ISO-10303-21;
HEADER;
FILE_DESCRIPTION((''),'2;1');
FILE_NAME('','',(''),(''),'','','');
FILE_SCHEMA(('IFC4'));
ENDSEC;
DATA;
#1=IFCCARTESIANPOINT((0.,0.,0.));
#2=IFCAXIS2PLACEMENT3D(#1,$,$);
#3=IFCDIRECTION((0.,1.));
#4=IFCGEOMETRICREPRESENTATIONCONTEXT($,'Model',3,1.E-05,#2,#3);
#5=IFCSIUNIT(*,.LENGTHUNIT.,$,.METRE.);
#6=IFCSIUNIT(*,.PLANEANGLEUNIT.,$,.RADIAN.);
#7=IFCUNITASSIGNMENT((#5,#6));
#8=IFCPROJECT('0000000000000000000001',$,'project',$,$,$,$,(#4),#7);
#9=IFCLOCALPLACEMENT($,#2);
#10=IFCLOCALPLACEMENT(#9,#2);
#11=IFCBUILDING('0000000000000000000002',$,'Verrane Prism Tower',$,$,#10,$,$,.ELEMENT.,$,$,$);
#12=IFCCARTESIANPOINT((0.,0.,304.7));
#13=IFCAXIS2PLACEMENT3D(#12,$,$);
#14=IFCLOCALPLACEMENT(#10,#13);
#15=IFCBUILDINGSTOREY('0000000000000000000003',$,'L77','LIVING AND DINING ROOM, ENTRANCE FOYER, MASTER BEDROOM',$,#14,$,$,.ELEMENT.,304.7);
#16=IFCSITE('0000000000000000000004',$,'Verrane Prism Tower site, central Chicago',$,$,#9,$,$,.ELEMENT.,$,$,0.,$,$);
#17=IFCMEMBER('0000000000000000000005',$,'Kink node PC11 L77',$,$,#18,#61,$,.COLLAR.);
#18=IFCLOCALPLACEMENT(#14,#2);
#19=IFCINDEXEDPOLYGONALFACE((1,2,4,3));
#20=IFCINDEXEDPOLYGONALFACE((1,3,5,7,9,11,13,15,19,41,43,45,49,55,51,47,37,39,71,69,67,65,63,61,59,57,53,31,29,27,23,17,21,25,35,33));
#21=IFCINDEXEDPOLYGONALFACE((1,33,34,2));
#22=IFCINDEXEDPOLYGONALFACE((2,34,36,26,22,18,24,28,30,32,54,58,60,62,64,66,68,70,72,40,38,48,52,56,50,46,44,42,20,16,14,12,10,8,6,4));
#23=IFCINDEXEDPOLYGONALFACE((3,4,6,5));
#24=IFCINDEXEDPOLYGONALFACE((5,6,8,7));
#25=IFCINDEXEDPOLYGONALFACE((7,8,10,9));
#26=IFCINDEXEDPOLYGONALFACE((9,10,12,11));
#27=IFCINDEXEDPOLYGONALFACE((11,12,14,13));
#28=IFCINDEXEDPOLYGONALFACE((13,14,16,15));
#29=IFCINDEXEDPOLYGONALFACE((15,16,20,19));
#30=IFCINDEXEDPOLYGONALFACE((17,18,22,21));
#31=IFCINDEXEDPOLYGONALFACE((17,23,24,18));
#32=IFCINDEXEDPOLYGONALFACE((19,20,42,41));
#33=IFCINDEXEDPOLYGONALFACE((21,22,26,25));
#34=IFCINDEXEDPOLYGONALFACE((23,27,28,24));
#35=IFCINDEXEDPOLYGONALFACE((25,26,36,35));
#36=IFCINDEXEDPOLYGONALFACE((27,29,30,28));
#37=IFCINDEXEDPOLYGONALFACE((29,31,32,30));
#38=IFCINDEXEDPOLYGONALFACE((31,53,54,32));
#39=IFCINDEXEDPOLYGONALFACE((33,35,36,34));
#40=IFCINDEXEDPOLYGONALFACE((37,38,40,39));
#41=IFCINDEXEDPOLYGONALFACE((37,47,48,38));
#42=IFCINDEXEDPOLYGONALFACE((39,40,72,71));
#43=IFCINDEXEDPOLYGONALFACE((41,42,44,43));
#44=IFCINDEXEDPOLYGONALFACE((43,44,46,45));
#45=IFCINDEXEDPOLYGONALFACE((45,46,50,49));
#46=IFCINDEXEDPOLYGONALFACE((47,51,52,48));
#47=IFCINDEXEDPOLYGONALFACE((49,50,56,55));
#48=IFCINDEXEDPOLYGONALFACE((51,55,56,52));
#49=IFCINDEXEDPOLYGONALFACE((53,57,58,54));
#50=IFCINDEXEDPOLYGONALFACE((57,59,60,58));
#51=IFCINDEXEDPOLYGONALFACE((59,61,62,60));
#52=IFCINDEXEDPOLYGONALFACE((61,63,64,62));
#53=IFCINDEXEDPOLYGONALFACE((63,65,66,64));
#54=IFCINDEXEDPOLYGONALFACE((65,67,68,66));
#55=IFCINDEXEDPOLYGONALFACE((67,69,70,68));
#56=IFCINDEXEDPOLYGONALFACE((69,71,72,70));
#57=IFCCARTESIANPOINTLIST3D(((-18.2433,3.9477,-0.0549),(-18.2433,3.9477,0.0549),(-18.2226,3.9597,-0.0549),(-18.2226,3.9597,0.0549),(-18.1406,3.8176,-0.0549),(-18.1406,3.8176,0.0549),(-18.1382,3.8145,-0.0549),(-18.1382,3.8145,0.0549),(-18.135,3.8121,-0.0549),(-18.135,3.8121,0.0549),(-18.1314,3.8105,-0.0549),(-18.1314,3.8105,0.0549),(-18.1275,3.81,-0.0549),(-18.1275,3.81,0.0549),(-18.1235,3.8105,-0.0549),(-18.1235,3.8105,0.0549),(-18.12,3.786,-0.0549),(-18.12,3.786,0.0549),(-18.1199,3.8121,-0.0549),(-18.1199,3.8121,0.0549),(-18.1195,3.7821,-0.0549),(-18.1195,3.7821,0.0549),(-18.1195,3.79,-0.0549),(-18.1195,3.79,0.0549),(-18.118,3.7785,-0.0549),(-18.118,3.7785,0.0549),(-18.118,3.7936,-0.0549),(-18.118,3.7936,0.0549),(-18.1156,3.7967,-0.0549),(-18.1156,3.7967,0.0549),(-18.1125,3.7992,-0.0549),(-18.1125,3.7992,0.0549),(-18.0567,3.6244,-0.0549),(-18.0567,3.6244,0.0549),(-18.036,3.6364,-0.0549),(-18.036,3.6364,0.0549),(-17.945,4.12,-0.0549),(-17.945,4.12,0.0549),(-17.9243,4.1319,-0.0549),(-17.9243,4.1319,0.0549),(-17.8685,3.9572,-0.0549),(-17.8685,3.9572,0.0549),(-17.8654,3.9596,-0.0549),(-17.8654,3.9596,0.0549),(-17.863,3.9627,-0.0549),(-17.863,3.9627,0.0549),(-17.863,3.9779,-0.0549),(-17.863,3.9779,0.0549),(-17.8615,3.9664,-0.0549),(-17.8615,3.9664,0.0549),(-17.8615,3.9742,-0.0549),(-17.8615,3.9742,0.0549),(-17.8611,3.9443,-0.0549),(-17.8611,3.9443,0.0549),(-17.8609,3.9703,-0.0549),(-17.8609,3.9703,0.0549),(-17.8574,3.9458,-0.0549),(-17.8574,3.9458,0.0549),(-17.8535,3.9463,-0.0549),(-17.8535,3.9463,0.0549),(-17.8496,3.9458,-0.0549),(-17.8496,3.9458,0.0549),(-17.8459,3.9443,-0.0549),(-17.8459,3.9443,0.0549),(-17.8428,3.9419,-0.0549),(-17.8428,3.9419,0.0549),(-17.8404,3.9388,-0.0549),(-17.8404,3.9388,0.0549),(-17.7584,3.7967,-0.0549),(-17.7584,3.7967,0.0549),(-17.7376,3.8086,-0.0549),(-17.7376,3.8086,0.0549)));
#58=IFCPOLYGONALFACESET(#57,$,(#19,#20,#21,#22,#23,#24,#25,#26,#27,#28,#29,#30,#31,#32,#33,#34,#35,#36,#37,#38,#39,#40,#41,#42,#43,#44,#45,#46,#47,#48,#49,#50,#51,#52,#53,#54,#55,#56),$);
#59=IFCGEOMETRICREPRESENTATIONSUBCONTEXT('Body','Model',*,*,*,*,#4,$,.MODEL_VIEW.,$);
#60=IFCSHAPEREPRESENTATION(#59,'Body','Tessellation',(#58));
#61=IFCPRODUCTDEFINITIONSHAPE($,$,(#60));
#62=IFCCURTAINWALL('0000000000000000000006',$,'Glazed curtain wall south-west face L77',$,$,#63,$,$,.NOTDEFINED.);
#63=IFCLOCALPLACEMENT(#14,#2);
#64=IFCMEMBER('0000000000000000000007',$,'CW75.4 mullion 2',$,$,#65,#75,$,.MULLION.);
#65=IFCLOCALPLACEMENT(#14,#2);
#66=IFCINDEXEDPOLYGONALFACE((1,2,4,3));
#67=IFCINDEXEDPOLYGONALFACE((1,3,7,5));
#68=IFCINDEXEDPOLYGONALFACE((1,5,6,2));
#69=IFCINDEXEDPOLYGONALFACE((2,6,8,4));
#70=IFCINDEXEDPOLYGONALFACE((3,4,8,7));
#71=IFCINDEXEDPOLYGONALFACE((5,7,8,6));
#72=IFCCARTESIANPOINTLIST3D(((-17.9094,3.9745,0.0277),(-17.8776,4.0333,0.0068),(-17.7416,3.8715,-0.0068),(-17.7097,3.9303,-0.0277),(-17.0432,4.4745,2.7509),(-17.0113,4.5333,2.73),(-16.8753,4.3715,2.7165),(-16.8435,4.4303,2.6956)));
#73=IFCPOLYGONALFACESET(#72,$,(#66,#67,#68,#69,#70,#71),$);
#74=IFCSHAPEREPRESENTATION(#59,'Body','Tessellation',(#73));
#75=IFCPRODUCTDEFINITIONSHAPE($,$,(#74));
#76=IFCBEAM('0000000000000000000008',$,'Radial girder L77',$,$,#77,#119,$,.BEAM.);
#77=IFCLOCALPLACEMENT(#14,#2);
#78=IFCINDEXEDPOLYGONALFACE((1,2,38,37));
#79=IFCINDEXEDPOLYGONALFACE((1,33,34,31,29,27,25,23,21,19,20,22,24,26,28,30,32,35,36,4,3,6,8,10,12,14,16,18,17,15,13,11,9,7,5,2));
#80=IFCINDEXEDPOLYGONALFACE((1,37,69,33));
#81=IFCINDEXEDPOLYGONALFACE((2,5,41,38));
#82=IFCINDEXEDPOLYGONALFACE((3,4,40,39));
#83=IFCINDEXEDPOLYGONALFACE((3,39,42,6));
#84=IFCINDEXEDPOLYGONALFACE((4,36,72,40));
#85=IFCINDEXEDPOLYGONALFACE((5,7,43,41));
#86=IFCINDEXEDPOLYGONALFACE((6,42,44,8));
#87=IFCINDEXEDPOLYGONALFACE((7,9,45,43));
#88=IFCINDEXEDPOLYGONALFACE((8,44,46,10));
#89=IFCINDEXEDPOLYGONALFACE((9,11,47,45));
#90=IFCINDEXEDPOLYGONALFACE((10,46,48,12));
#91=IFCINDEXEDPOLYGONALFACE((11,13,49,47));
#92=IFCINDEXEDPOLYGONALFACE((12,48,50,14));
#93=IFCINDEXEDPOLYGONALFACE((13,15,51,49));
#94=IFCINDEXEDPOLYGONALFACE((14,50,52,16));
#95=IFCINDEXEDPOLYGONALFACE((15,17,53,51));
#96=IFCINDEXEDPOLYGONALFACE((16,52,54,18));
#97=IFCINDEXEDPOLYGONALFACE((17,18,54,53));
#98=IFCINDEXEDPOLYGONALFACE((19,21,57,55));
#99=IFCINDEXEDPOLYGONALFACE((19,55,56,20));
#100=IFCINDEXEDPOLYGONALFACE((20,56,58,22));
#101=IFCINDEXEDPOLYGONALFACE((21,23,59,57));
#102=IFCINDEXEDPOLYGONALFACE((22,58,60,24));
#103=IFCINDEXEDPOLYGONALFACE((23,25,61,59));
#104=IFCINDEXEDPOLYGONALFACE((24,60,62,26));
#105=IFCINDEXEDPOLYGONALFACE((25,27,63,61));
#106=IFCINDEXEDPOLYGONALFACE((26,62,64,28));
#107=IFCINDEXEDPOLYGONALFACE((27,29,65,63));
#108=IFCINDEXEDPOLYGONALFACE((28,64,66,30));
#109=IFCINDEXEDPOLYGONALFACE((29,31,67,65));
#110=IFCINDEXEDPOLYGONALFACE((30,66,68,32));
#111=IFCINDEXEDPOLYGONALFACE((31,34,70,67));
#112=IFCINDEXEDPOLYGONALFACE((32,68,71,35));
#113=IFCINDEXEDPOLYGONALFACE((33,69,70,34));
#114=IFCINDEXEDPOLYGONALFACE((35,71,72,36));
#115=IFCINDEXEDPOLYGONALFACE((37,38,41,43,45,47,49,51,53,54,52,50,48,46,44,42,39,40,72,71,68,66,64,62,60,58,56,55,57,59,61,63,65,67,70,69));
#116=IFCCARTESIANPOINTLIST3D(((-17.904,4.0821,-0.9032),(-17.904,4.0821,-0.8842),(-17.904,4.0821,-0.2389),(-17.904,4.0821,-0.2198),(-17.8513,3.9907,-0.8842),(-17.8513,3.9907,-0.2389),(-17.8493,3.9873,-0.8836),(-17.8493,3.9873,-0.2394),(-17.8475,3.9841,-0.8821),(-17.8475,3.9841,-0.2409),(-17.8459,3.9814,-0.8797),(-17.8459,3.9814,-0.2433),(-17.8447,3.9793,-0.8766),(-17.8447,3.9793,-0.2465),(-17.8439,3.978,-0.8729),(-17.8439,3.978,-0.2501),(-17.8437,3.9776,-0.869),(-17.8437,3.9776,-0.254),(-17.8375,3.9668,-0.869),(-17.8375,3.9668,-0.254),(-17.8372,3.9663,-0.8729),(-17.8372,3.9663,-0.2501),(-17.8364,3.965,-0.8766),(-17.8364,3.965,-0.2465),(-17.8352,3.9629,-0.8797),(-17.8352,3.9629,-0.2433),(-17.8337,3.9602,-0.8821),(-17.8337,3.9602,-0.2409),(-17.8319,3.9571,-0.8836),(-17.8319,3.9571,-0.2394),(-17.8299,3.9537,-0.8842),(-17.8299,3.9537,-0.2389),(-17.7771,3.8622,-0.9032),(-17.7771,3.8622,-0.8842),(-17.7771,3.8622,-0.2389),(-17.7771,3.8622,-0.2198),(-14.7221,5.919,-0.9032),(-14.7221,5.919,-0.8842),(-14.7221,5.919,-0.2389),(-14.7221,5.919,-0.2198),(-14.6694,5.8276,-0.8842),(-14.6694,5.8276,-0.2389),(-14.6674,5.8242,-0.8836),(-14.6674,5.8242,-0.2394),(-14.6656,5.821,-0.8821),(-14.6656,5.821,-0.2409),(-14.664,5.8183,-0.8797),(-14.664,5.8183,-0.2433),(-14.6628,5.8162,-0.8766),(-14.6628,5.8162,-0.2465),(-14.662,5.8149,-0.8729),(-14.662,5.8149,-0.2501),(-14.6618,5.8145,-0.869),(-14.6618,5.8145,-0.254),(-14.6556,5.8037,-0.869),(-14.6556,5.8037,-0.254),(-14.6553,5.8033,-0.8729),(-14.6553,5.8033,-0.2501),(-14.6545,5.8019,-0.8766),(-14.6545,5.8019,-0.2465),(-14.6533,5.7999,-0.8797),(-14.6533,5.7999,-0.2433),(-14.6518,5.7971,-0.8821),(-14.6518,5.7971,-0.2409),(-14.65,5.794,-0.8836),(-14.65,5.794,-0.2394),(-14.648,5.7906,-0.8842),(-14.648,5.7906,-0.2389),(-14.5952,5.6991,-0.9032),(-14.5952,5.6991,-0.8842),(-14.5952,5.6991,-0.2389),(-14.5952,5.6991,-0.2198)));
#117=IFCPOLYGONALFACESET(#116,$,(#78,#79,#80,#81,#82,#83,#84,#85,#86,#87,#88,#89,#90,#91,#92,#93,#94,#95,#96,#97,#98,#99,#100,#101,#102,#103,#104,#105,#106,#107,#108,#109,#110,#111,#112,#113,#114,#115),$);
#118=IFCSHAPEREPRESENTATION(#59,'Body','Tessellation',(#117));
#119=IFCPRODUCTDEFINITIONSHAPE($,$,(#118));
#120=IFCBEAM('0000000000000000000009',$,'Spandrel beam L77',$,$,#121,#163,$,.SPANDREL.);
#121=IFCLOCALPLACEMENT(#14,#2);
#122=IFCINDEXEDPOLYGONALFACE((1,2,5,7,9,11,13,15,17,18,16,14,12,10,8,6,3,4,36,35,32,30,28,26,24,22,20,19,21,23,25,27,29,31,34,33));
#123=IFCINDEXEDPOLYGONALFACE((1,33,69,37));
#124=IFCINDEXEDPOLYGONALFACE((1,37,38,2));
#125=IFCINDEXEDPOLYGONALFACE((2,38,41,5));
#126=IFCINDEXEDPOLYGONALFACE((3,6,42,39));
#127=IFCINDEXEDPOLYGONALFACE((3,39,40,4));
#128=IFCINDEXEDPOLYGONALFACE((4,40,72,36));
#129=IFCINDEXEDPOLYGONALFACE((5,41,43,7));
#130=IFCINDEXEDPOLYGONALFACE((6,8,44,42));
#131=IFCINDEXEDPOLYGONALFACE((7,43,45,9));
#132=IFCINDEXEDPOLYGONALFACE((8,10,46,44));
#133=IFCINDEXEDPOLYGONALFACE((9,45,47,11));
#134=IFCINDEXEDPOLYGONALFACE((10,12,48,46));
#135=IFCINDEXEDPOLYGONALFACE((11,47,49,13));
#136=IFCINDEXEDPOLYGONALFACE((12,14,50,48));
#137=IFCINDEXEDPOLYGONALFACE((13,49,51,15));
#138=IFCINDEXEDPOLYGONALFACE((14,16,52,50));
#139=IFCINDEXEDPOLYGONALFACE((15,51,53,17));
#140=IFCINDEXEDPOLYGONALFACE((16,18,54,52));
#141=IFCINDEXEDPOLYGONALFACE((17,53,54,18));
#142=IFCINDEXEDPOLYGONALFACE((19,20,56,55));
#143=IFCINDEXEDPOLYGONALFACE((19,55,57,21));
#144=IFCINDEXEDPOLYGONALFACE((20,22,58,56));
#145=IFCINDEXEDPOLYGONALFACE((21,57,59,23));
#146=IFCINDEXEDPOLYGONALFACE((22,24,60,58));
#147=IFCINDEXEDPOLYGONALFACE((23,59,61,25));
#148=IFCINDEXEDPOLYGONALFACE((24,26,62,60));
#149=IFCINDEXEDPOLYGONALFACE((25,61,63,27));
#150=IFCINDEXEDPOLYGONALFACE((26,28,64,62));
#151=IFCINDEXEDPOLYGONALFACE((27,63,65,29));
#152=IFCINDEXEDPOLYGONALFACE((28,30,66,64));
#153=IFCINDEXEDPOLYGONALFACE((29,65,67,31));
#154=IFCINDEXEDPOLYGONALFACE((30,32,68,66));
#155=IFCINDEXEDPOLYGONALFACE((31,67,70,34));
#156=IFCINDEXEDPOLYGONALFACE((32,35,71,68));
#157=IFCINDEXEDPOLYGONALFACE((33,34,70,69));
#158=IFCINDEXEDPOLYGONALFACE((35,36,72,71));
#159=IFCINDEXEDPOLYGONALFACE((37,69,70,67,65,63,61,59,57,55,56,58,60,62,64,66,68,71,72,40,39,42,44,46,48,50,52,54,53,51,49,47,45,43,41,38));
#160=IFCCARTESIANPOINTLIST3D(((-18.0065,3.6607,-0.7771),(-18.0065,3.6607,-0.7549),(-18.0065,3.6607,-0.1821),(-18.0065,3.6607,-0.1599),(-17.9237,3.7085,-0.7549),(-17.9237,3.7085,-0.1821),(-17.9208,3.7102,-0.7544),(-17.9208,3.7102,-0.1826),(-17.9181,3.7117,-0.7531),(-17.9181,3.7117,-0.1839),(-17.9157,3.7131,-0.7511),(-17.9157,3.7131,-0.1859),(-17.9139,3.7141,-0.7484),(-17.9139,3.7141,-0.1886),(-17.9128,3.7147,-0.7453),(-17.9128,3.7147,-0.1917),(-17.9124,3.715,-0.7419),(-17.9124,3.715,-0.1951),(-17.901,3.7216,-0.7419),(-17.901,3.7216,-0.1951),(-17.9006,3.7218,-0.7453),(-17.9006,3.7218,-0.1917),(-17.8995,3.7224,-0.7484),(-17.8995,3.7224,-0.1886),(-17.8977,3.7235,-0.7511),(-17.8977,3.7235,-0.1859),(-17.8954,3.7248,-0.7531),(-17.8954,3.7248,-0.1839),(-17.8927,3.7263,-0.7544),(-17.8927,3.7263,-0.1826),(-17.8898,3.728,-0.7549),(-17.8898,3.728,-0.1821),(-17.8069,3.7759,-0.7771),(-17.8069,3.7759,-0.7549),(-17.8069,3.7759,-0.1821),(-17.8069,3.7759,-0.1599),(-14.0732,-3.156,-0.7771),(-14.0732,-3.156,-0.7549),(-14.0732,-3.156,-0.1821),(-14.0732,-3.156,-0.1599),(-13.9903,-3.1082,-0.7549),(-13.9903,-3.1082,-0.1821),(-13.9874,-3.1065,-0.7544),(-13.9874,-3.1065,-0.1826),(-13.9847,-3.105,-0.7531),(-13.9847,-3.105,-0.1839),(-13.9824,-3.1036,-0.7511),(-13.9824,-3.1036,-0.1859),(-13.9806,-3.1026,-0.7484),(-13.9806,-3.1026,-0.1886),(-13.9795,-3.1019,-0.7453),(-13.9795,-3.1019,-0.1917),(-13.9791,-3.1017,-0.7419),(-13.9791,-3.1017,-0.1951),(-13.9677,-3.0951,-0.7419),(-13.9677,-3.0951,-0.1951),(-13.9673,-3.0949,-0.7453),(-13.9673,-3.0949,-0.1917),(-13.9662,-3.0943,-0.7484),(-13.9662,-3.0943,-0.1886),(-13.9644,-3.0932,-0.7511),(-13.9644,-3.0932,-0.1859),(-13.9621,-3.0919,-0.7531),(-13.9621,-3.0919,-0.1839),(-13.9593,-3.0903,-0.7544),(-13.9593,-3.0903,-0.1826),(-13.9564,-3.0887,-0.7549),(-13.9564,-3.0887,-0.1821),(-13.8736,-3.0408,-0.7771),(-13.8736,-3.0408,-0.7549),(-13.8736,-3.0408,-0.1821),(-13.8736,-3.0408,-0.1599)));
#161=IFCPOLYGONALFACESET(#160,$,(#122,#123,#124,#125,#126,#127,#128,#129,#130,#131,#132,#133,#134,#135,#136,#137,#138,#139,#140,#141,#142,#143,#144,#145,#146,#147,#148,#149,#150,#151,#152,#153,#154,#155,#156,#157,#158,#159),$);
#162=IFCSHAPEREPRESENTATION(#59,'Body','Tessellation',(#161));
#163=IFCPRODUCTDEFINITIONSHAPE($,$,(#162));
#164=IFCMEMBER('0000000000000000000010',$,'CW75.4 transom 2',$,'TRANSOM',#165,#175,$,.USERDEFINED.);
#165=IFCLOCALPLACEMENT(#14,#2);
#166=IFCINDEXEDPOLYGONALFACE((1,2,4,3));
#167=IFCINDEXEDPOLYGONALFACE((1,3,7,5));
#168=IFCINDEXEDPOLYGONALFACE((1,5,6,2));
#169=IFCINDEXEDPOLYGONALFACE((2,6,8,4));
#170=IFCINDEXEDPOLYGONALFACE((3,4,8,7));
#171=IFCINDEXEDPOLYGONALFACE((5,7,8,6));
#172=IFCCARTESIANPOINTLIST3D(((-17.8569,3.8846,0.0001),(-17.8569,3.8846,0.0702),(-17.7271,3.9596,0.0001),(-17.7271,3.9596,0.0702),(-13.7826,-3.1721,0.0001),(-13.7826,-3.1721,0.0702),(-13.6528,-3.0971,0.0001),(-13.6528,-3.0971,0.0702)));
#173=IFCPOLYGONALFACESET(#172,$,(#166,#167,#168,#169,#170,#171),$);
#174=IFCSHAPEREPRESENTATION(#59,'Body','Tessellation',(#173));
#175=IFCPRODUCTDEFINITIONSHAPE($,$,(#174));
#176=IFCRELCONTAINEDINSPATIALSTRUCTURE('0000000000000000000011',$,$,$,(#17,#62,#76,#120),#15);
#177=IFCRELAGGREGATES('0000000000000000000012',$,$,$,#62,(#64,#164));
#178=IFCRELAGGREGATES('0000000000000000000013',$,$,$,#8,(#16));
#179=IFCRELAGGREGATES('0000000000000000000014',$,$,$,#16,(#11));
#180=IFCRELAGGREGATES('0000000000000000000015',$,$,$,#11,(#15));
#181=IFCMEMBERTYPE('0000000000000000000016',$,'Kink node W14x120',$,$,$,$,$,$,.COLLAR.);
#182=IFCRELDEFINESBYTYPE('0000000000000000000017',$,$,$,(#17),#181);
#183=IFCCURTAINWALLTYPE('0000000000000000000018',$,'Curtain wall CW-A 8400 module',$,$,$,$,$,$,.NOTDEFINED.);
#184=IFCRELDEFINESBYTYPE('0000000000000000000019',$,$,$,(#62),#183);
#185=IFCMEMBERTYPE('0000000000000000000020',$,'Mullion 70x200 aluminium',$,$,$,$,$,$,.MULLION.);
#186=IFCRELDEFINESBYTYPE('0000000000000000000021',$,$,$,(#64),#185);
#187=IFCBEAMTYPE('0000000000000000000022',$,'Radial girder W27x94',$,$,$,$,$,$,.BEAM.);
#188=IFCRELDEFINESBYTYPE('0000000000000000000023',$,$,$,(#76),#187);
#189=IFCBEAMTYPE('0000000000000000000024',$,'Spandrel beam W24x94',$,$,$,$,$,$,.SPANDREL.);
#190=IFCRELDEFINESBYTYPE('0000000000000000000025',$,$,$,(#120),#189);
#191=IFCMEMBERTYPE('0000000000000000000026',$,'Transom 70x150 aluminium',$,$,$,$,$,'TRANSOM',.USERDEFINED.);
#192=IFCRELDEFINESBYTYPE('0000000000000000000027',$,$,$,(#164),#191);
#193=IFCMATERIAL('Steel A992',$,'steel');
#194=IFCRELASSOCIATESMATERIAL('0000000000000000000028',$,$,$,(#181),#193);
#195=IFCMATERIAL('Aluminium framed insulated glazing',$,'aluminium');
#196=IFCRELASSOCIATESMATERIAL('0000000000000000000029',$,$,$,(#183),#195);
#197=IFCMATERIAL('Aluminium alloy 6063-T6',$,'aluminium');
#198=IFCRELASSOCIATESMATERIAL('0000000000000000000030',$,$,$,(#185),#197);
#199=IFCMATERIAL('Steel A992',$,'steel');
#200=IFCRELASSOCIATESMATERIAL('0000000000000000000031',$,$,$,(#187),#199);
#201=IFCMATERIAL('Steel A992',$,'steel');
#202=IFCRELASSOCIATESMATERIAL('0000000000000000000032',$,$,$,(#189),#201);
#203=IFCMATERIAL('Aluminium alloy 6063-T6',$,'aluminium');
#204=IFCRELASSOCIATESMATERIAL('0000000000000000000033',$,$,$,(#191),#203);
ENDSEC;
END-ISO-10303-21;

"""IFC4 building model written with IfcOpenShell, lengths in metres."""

from ifc_helpers import new_model, si_unit, direction, frame, origin, origin_2d, place, context, subcontext, project, spatial, rectangle, i_section, extrude, material, material_profile, profile_set, type_object, element, aggregate, save


model = new_model("IFC4")

# Units and contexts
model_context = context("Model", 3, precision=1e-05, world=origin(), true_north=direction((0.0, 1.0)))
body_context = subcontext(model_context, "Body", "Model", "MODEL_VIEW")
ifc_project = project(units=[si_unit("LENGTHUNIT", "METRE"), si_unit("PLANEANGLEUNIT", "RADIAN")], contexts=[model_context])

# Site, building, storey
site_placement = place(None, origin())
site = spatial("IfcSite", under=ifc_project, at=site_placement, Name="Verrane Prism Tower site, central Chicago", CompositionType="ELEMENT", RefElevation=0.0)
building_placement = place(site_placement, origin())
building = spatial("IfcBuilding", under=site, at=building_placement, Name="Verrane Prism Tower", CompositionType="ELEMENT")
storey_placement = place(building_placement, frame((0.0, 0.0, 304.7)))
storey = spatial("IfcBuildingStorey", under=building, at=storey_placement, Name="L77", Description="LIVING AND DINING ROOM, ENTRANCE FOYER, MASTER BEDROOM", CompositionType="ELEMENT", Elevation=304.7)

# Member
ifc_material_1 = material(Name="Steel A992", Category="steel")
ifc_material_profile_1 = material_profile(ifc_material_1, i_section(OverallWidth=0.3733, OverallDepth=0.3684, WebThickness=0.0149, FlangeThickness=0.0239, FilletRadius=0.0151, at=origin_2d()), Name="W14x120")
ifc_profile_set_1 = profile_set([ifc_material_profile_1], Name="Steel A992")
member_type_1 = type_object("IfcMemberType", Name="Kink node W14x120", PredefinedType="COLLAR", material=ifc_profile_set_1)
member_1_placement = place(storey_placement, frame((-17.9905, 3.8782, -0.0549), z_axis=(0.0, 0.0, 1.0), x_axis=(-0.5, 0.866025, 0.0)))
element("IfcMember", 1, at=member_1_placement, inside=storey, type_object=member_type_1, Name="Kink node PC11 L77", PredefinedType="COLLAR", context=body_context, shape_type="SweptSolid", body=[
    extrude(i_section(OverallWidth=0.3733, OverallDepth=0.3684, WebThickness=0.0149, FlangeThickness=0.0239, FilletRadius=0.0151, at=origin_2d()), origin(), (0.0, 0.0, 1.0), 0.1099),
])

# Curtain wall, member
ifc_material_2 = material(Name="Aluminium framed insulated glazing", Category="aluminium")
curtain_wall_type = type_object("IfcCurtainWallType", Name="Curtain wall CW-A 8400 module", PredefinedType="NOTDEFINED", material=ifc_material_2)
curtain_wall_placement = place(storey_placement, origin())
curtain_wall = element("IfcCurtainWall", 2, at=curtain_wall_placement, inside=storey, type_object=curtain_wall_type, Name="Glazed curtain wall south-west face L77", PredefinedType="NOTDEFINED")
ifc_material_3 = material(Name="Aluminium alloy 6063-T6", Category="aluminium")
ifc_material_profile_2 = material_profile(ifc_material_3, rectangle(XDim=0.2, YDim=0.0701, at=origin_2d()), Name="Mullion 70x200 aluminium")
ifc_profile_set_2 = profile_set([ifc_material_profile_2], Name="Aluminium alloy 6063-T6")
member_type_2 = type_object("IfcMemberType", Name="Mullion 70x200 aluminium", PredefinedType="MULLION", material=ifc_profile_set_2)
member_2_placement = place(storey_placement, frame((-17.8096, 3.9524, 0.0), z_axis=(0.29859, 0.172354, 0.93869), x_axis=(-0.83943, 0.515405, 0.172382)))
member_2 = element("IfcMember", 3, at=member_2_placement, type_object=member_type_2, Name="CW75.4 mullion 2", PredefinedType="MULLION", context=body_context, shape_type="SweptSolid", body=[
    extrude(rectangle(XDim=0.2, YDim=0.0701, at=origin_2d()), origin(), (0.0, 0.0, 1.0), 2.9011),
])

# Beams
ifc_material_4 = material(Name="Steel A992", Category="steel")
ifc_material_profile_3 = material_profile(ifc_material_4, i_section(OverallWidth=0.2539, OverallDepth=0.6833, WebThickness=0.0125, FlangeThickness=0.019, FilletRadius=0.0151, at=origin_2d()), Name="W27x94")
ifc_profile_set_3 = profile_set([ifc_material_profile_3], Name="Steel A992")
beam_type_1 = type_object("IfcBeamType", Name="Radial girder W27x94", PredefinedType="BEAM", material=ifc_profile_set_3)
beam_1_placement = place(storey_placement, frame((-17.8406, 3.9722, -0.5615), z_axis=(0.866043, 0.49997, 0.0), x_axis=(-0.49997, 0.866043, 0.0)))
element("IfcBeam", 4, at=beam_1_placement, inside=storey, type_object=beam_type_1, Name="Radial girder L77", PredefinedType="BEAM", context=body_context, shape_type="SweptSolid", body=[
    extrude(i_section(OverallWidth=0.2539, OverallDepth=0.6833, WebThickness=0.0125, FlangeThickness=0.019, FilletRadius=0.0151, at=origin_2d()), origin(), (0.0, 0.0, 1.0), 3.6741),
])
ifc_material_5 = material(Name="Steel A992", Category="steel")
ifc_material_profile_4 = material_profile(ifc_material_5, i_section(OverallWidth=0.2305, OverallDepth=0.6172, WebThickness=0.0132, FlangeThickness=0.0222, FilletRadius=0.0129, at=origin_2d()), Name="W24x94")
ifc_profile_set_4 = profile_set([ifc_material_profile_4], Name="Steel A992")
beam_type_2 = type_object("IfcBeamType", Name="Spandrel beam W24x94", PredefinedType="SPANDREL", material=ifc_profile_set_4)
beam_2_placement = place(storey_placement, frame((-17.9067, 3.7183, -0.4685), z_axis=(0.499786, -0.866149, 0.0), x_axis=(0.866149, 0.499786, 0.0)))
element("IfcBeam", 5, at=beam_2_placement, inside=storey, type_object=beam_type_2, Name="Spandrel beam L77", PredefinedType="SPANDREL", context=body_context, shape_type="SweptSolid", body=[
    extrude(i_section(OverallWidth=0.2305, OverallDepth=0.6172, WebThickness=0.0132, FlangeThickness=0.0222, FilletRadius=0.0129, at=origin_2d()), origin(), (0.0, 0.0, 1.0), 7.8701),
])

# Member
ifc_material_6 = material(Name="Aluminium alloy 6063-T6", Category="aluminium")
ifc_material_profile_5 = material_profile(ifc_material_6, rectangle(XDim=0.1499, YDim=0.0701, at=origin_2d()), Name="Transom 70x150 aluminium")
ifc_profile_set_5 = profile_set([ifc_material_profile_5], Name="Aluminium alloy 6063-T6")
member_type_3 = type_object("IfcMemberType", Name="Transom 70x150 aluminium", ElementType="TRANSOM", PredefinedType="USERDEFINED", material=ifc_profile_set_5)
member_3_placement = place(storey_placement, frame((-17.792, 3.9221, 0.0352), z_axis=(0.500006, -0.866022, 0.0), x_axis=(0.866022, 0.500006, 0.0)))
member_3 = element("IfcMember", 6, at=member_3_placement, type_object=member_type_3, Name="CW75.4 transom 2", ObjectType="TRANSOM", PredefinedType="USERDEFINED", context=body_context, shape_type="SweptSolid", body=[
    extrude(rectangle(XDim=0.1499, YDim=0.0701, at=origin_2d()), origin(), (0.0, 0.0, 1.0), 8.1484),
])

aggregate(curtain_wall, [member_2, member_3])

save(model, "model.ifc")
